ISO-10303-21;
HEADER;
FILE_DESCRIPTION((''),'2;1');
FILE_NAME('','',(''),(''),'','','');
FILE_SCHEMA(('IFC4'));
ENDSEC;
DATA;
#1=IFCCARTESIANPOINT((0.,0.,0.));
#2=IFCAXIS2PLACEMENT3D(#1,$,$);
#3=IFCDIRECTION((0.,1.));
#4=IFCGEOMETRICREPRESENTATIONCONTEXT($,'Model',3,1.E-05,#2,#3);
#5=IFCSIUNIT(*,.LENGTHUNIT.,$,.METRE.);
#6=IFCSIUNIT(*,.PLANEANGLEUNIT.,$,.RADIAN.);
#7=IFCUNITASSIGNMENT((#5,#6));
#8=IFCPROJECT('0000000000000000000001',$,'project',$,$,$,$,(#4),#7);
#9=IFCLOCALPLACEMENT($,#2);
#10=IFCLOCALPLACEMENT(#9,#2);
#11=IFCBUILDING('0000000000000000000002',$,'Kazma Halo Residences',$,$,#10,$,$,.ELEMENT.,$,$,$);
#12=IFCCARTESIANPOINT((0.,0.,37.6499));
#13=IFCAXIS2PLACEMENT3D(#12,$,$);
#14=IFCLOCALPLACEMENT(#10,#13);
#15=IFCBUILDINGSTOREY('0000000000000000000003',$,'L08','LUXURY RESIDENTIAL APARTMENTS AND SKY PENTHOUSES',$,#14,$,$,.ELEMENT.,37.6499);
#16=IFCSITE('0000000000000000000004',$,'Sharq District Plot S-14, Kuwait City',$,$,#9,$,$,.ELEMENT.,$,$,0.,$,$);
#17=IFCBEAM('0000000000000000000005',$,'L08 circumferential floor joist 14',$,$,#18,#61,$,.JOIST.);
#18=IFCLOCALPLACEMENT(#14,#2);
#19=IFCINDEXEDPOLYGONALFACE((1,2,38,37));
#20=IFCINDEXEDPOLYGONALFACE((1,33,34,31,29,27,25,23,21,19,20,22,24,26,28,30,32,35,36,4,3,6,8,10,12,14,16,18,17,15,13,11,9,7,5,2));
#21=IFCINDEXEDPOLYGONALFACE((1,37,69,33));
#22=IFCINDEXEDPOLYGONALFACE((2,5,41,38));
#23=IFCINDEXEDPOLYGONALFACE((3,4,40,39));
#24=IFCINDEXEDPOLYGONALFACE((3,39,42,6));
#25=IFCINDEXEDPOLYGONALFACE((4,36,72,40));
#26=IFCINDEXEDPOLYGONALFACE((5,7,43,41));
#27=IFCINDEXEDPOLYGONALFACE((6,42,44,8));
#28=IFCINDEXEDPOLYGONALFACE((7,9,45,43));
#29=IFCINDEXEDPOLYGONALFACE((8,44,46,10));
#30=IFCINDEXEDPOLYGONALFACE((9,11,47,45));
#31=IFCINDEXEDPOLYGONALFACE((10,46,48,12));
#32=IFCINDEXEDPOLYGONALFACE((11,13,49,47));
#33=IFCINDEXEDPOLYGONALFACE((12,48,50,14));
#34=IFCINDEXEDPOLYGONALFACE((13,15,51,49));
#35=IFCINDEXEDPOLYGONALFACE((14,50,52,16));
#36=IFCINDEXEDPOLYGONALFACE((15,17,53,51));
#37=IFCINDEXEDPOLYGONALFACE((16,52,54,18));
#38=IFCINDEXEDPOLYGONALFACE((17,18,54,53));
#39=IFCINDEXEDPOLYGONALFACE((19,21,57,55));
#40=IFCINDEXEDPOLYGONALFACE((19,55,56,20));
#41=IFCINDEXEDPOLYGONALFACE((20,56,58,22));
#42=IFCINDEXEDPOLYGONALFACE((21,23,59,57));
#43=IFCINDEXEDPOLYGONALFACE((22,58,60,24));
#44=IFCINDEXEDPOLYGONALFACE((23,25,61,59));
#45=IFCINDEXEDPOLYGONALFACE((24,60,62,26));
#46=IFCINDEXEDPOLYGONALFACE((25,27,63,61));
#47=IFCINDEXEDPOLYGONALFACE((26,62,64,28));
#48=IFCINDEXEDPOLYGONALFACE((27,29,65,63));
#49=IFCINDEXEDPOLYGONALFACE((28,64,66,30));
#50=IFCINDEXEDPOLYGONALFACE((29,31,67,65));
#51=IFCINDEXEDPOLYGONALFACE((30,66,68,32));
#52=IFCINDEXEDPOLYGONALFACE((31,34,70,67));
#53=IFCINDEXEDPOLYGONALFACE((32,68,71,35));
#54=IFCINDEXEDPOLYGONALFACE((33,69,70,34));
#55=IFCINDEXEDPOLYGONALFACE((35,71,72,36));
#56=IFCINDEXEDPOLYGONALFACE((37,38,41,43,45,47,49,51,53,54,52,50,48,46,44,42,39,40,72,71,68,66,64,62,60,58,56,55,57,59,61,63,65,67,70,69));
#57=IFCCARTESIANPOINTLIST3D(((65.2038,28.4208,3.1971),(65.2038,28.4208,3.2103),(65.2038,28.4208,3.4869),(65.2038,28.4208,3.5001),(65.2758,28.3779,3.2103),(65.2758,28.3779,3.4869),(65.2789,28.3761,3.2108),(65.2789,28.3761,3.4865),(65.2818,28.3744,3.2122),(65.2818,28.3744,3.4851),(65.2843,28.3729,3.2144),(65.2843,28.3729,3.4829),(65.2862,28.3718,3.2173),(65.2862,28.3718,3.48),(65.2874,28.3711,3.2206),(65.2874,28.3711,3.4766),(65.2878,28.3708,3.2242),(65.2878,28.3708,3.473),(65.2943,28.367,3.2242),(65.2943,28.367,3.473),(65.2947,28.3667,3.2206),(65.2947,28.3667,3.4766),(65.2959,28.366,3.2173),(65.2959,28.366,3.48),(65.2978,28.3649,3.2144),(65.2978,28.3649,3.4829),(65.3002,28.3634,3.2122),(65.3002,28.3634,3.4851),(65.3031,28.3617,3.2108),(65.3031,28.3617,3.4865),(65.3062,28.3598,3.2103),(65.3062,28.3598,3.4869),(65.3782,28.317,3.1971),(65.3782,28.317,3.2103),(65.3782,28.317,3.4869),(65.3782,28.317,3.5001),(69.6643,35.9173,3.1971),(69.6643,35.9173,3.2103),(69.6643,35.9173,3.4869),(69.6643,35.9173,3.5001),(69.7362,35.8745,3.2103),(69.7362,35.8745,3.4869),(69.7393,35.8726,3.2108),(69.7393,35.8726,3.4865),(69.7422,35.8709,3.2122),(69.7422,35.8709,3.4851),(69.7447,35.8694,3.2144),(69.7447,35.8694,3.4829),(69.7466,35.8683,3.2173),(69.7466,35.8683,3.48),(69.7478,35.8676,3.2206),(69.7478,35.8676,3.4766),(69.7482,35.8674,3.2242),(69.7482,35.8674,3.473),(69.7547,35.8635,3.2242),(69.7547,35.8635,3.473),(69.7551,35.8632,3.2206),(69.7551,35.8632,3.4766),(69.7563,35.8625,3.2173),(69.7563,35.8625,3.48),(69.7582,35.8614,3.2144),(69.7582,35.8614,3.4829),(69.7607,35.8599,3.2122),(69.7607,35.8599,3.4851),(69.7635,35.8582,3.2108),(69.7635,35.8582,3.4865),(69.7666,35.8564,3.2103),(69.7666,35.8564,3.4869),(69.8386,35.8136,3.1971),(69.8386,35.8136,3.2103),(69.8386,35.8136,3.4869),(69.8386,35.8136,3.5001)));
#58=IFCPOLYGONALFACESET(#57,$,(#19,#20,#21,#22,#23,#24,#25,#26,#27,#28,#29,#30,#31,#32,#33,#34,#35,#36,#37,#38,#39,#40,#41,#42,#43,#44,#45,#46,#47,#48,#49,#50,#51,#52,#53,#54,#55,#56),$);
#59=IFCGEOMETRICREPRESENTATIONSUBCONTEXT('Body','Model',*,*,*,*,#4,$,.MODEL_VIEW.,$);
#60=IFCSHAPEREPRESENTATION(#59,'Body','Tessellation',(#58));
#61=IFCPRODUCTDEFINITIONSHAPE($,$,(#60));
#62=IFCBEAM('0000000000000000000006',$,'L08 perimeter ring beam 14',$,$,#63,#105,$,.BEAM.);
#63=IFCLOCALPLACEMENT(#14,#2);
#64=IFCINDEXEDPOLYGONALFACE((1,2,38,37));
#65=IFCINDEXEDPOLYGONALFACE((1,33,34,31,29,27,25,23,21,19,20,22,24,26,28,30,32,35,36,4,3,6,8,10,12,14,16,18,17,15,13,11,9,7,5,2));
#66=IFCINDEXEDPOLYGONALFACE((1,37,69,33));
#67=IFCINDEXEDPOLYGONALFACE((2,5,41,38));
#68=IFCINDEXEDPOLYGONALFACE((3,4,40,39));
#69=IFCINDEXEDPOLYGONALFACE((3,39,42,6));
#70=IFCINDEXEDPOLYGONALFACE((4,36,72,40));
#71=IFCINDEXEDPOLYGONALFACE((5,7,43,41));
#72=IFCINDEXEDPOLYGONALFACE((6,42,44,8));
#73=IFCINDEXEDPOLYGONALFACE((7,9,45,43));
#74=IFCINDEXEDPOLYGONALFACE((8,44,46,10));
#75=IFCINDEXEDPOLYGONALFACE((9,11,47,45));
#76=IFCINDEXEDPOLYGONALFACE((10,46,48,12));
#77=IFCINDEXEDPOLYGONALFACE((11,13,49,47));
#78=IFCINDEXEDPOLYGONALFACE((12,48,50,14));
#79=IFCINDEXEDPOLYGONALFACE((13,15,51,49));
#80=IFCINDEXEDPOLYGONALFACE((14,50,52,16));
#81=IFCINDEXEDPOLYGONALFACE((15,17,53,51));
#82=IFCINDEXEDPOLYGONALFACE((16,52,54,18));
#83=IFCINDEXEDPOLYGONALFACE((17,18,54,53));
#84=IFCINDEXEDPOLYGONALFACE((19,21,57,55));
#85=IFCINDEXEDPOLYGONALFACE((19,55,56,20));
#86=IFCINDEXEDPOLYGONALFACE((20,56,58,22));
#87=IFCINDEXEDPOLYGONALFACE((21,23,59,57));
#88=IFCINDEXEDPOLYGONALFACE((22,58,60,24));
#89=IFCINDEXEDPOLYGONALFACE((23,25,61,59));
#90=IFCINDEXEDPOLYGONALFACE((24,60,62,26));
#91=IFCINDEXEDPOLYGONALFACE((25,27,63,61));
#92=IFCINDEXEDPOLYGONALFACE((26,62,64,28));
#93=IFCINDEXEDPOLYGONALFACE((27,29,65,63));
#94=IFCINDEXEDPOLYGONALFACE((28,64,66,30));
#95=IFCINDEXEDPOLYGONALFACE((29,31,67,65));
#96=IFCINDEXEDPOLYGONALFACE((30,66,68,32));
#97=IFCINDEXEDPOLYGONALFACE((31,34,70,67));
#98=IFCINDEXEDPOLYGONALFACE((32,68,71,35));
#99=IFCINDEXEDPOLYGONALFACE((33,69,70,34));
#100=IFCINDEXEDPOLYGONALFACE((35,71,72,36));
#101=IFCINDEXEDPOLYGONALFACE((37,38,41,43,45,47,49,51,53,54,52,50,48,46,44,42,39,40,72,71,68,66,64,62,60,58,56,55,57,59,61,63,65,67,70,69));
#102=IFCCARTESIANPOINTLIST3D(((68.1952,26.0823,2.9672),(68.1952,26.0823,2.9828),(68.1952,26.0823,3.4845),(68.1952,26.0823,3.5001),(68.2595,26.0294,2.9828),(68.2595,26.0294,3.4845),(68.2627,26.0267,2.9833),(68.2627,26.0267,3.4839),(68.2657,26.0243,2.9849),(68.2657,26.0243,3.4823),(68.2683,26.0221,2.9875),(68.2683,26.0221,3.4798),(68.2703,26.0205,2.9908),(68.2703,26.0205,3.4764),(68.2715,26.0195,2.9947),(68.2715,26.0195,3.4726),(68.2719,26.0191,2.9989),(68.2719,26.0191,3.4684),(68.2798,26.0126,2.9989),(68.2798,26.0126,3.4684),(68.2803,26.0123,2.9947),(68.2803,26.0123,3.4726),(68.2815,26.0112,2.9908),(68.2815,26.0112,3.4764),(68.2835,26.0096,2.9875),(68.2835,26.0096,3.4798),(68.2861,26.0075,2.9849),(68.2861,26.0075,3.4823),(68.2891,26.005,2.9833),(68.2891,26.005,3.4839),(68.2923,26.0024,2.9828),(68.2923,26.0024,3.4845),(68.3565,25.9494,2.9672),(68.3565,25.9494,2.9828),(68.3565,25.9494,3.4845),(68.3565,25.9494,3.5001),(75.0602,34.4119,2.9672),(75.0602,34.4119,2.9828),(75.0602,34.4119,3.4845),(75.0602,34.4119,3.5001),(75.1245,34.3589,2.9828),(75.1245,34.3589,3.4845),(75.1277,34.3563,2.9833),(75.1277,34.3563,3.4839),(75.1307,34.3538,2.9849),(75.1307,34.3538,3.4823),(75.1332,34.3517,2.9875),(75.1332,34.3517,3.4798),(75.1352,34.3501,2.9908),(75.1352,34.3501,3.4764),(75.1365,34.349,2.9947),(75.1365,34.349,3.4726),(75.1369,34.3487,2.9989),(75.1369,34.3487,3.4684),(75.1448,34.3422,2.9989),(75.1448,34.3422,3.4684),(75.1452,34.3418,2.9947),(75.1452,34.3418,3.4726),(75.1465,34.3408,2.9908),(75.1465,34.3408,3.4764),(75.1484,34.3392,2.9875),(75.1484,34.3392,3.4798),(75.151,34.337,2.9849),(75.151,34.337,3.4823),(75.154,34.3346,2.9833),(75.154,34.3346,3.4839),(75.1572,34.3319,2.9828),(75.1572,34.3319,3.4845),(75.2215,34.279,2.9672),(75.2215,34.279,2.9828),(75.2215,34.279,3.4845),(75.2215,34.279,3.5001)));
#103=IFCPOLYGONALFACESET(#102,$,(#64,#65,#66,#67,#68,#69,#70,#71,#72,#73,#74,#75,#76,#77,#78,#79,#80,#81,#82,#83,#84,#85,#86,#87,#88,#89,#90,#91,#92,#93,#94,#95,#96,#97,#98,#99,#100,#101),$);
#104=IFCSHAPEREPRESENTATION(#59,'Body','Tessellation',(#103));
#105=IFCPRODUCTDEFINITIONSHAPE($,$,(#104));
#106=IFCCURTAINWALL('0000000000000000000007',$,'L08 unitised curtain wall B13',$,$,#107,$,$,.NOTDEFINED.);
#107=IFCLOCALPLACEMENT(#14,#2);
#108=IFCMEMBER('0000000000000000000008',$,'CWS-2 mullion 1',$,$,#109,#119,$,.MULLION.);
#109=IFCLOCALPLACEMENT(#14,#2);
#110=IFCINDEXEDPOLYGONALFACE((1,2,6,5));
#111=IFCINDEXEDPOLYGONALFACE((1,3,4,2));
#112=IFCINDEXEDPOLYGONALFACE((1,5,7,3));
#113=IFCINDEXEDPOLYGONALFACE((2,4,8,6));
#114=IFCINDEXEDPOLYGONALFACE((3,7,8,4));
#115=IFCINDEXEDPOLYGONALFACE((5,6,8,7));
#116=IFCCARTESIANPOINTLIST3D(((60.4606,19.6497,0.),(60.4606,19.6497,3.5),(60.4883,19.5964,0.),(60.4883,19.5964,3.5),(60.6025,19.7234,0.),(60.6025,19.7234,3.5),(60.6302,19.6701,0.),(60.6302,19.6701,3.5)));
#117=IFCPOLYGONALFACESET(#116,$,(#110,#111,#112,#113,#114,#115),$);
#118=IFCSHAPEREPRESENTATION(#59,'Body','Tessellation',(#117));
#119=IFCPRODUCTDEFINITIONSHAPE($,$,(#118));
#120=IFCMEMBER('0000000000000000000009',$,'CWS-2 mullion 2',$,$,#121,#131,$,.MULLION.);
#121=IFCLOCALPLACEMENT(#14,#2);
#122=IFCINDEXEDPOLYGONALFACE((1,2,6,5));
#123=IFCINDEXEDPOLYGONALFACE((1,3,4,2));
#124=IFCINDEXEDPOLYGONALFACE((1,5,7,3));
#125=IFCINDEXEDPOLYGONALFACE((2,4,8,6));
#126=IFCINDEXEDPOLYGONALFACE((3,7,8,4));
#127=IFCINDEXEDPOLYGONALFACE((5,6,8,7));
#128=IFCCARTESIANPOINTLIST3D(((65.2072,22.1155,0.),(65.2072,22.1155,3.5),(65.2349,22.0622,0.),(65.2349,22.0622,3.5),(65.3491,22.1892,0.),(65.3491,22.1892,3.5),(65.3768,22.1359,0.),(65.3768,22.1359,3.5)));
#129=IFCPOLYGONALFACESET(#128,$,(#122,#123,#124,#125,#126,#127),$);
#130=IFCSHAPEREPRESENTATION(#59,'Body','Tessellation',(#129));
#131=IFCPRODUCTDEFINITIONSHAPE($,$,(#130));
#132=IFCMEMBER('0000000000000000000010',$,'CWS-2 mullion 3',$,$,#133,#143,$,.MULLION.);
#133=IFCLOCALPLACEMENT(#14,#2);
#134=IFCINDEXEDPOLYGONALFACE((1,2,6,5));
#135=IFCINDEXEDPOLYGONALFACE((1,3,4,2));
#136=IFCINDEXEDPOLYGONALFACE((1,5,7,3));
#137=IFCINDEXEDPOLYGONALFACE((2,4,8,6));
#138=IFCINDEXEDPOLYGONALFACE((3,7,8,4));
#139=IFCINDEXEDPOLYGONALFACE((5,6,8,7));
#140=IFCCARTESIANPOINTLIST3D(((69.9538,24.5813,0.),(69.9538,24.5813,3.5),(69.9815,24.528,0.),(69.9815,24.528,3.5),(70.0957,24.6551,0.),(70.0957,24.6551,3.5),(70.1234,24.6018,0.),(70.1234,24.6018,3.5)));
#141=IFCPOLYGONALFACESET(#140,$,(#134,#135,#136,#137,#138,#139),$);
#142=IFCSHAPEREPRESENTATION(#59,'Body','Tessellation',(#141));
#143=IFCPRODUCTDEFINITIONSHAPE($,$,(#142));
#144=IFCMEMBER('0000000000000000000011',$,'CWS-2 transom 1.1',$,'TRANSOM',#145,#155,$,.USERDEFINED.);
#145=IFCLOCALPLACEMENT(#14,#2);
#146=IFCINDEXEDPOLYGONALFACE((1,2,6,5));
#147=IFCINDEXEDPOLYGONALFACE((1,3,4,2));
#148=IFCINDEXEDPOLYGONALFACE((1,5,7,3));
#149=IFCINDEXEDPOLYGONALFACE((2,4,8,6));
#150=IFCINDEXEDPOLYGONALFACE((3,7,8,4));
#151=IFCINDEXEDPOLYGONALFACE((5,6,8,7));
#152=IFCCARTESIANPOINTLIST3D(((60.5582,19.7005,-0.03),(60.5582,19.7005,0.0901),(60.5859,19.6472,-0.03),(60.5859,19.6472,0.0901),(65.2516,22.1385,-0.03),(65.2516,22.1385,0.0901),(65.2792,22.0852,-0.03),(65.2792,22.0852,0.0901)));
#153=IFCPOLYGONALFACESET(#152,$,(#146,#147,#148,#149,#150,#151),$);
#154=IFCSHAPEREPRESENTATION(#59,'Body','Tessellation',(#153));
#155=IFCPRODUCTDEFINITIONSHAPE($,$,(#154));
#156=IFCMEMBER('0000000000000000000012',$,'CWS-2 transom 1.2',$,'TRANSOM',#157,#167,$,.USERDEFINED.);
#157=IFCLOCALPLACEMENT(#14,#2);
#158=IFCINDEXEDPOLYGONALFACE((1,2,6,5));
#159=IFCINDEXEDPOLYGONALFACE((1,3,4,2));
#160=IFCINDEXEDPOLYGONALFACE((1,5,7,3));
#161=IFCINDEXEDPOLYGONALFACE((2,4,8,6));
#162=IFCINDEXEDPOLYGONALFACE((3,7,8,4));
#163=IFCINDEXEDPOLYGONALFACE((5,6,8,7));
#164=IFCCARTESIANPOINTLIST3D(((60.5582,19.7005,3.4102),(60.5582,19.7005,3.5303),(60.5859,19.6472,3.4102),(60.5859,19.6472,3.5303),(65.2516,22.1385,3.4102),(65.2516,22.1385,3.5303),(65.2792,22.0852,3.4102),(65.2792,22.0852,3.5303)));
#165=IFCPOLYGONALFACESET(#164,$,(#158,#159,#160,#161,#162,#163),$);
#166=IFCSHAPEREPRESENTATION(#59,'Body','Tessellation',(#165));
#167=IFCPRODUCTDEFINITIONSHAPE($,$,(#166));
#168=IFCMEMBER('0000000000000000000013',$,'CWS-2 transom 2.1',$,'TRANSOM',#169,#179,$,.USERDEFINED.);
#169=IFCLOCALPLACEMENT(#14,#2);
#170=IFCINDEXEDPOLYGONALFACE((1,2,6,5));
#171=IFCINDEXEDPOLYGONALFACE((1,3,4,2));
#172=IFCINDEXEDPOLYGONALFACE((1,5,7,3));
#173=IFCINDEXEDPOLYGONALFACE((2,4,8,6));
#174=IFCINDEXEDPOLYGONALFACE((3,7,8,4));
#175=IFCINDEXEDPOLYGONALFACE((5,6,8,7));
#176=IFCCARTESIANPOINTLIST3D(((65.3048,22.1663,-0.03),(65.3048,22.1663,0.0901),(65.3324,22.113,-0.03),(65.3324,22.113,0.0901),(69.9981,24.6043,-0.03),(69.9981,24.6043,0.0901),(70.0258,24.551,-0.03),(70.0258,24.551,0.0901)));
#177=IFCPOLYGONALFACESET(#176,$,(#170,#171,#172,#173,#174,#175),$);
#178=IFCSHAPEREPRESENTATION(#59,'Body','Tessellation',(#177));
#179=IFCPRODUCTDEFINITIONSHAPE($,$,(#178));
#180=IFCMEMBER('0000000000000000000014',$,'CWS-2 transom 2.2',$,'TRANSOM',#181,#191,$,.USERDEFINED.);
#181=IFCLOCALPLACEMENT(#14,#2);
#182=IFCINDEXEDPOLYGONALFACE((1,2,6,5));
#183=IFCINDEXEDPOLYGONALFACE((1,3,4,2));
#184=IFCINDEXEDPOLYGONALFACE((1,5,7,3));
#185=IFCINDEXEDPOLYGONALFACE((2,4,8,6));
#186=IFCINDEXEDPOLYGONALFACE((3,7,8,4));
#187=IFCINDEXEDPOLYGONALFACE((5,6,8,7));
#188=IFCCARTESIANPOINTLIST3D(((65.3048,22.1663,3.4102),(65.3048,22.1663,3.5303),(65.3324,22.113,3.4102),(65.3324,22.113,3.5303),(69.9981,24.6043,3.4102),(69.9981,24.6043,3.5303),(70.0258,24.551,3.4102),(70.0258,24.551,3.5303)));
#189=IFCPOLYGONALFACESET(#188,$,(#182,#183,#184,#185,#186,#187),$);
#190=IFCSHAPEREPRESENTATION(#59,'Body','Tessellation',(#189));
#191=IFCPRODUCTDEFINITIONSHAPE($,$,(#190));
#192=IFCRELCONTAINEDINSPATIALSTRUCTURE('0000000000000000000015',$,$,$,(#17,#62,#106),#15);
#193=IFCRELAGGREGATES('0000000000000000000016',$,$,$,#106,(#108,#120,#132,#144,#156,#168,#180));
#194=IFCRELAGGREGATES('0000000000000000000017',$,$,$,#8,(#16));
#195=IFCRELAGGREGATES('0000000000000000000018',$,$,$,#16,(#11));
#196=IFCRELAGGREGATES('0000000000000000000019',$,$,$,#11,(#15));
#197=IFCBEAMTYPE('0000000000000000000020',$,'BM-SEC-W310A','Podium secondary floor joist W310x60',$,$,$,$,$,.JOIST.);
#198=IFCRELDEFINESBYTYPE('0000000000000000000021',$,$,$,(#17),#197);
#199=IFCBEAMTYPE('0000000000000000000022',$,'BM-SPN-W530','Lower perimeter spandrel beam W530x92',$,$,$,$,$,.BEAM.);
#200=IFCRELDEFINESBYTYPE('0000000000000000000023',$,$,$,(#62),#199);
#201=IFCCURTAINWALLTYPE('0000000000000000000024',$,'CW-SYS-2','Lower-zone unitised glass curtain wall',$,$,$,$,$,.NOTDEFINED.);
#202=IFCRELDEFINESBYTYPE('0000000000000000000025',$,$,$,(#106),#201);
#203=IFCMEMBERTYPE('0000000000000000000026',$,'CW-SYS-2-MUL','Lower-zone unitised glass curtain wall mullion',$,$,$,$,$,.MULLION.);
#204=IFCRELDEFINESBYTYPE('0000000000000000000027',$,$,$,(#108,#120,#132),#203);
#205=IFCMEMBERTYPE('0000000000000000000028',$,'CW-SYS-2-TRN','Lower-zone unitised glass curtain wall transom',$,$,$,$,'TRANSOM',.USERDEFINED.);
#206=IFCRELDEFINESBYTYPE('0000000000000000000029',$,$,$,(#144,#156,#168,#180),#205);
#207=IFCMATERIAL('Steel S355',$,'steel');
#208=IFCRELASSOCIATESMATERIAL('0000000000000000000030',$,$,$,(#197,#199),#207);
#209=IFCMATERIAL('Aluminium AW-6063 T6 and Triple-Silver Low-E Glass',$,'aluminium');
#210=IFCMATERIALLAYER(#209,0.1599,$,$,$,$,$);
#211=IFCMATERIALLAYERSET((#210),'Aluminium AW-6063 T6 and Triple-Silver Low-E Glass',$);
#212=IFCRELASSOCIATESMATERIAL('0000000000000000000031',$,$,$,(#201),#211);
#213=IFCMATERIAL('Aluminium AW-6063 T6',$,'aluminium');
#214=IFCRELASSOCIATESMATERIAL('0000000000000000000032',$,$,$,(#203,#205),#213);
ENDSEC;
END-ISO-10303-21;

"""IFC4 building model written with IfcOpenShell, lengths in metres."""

from ifc_helpers import new_model, si_unit, direction, frame, origin, origin_2d, place, context, subcontext, project, spatial, rectangle, i_section, extrude, material, layer, layer_set, material_profile, profile_set, type_object, element, aggregate, save


model = new_model("IFC4")

# Units and contexts
model_context = context("Model", 3, precision=1e-05, world=origin(), true_north=direction((0.0, 1.0)))
body_context = subcontext(model_context, "Body", "Model", "MODEL_VIEW")
ifc_project = project(units=[si_unit("LENGTHUNIT", "METRE"), si_unit("PLANEANGLEUNIT", "RADIAN")], contexts=[model_context])

# Site, building, storey
site_placement = place(None, origin())
site = spatial("IfcSite", under=ifc_project, at=site_placement, Name="Sharq District Plot S-14, Kuwait City", CompositionType="ELEMENT", RefElevation=0.0)
building_placement = place(site_placement, origin())
building = spatial("IfcBuilding", under=site, at=building_placement, Name="Kazma Halo Residences", CompositionType="ELEMENT")
storey_placement = place(building_placement, frame((0.0, 0.0, 37.6499)))
storey = spatial("IfcBuildingStorey", under=building, at=storey_placement, Name="L08", Description="LUXURY RESIDENTIAL APARTMENTS AND SKY PENTHOUSES", CompositionType="ELEMENT", Elevation=37.6499)

# Beams
ifc_material_1 = material(Name="Steel S355", Category="steel")
ifc_material_profile_1 = material_profile(ifc_material_1, i_section(OverallWidth=0.2029, OverallDepth=0.303, WebThickness=0.0076, FlangeThickness=0.0132, FilletRadius=0.0139, at=origin_2d()), Name="W310x60")
ifc_profile_set_1 = profile_set([ifc_material_profile_1], Name="Steel S355")
beam_type_1 = type_object("IfcBeamType", Name="BM-SEC-W310A", Description="Podium secondary floor joist W310x60", PredefinedType="JOIST", material=ifc_profile_set_1)
beam_1_placement = place(storey_placement, frame((65.291, 28.3689, 3.3486), z_axis=(0.511331, 0.859384, 0.0), x_axis=(-0.859384, 0.511331, 0.0)))
element("IfcBeam", 1, at=beam_1_placement, inside=storey, type_object=beam_type_1, Name="L08 circumferential floor joist 14", PredefinedType="JOIST", context=body_context, shape_type="SweptSolid", body=[
    extrude(i_section(OverallWidth=0.2029, OverallDepth=0.303, WebThickness=0.0076, FlangeThickness=0.0132, FilletRadius=0.0139, at=origin_2d()), origin(), (0.0, 0.0, 1.0), 8.7231),
])
ifc_material_profile_2 = material_profile(ifc_material_1, i_section(OverallWidth=0.209, OverallDepth=0.533, WebThickness=0.0103, FlangeThickness=0.0156, FilletRadius=0.0161, at=origin_2d()), Name="W530x92")
ifc_profile_set_2 = profile_set([ifc_material_profile_2], Name="Steel S355")
beam_type_2 = type_object("IfcBeamType", Name="BM-SPN-W530", Description="Lower perimeter spandrel beam W530x92", PredefinedType="BEAM", material=ifc_profile_set_2)
beam_2_placement = place(storey_placement, frame((68.2759, 26.0159, 3.2336), z_axis=(0.636001, 0.771688, 0.0), x_axis=(-0.771688, 0.636001, 0.0)))
element("IfcBeam", 2, at=beam_2_placement, inside=storey, type_object=beam_type_2, Name="L08 perimeter ring beam 14", PredefinedType="BEAM", context=body_context, shape_type="SweptSolid", body=[
    extrude(i_section(OverallWidth=0.209, OverallDepth=0.533, WebThickness=0.0103, FlangeThickness=0.0156, FilletRadius=0.0161, at=origin_2d()), origin(), (0.0, 0.0, 1.0), 10.7939),
])

# Curtain wall, members
ifc_material_2 = material(Name="Aluminium AW-6063 T6 and Triple-Silver Low-E Glass", Category="aluminium")
ifc_layer_1 = layer(ifc_material_2, 0.1599)
ifc_layer_set_1 = layer_set([ifc_layer_1], Name="Aluminium AW-6063 T6 and Triple-Silver Low-E Glass")
curtain_wall_type = type_object("IfcCurtainWallType", Name="CW-SYS-2", Description="Lower-zone unitised glass curtain wall", PredefinedType="NOTDEFINED", material=ifc_layer_set_1)
curtain_wall_placement = place(storey_placement, origin())
curtain_wall = element("IfcCurtainWall", 3, at=curtain_wall_placement, inside=storey, type_object=curtain_wall_type, Name="L08 unitised curtain wall B13", PredefinedType="NOTDEFINED")
ifc_material_3 = material(Name="Aluminium AW-6063 T6", Category="aluminium")
ifc_material_profile_3 = material_profile(ifc_material_3, rectangle(XDim=0.0601, YDim=0.1599, at=origin_2d()), Name="CWM-60x160")
ifc_profile_set_3 = profile_set([ifc_material_profile_3], Name="Aluminium AW-6063 T6")
member_type_1 = type_object("IfcMemberType", Name="CW-SYS-2-MUL", Description="Lower-zone unitised glass curtain wall mullion", PredefinedType="MULLION", material=ifc_profile_set_3)
member_1_placement = place(storey_placement, frame((60.5454, 19.6599, 0.0), z_axis=(0.0, 0.0, 1.0), x_axis=(-0.460996, 0.887402, 0.0)))
member_1 = element("IfcMember", 4, at=member_1_placement, type_object=member_type_1, Name="CWS-2 mullion 1", PredefinedType="MULLION", context=body_context, shape_type="SweptSolid", body=[
    extrude(rectangle(XDim=0.0601, YDim=0.1599, at=origin_2d()), origin(), (0.0, 0.0, 1.0), 3.5),
])
member_2_placement = place(storey_placement, frame((65.292, 22.1257, 0.0), z_axis=(0.0, 0.0, 1.0), x_axis=(-0.460996, 0.887402, 0.0)))
member_2 = element("IfcMember", 5, at=member_2_placement, type_object=member_type_1, Name="CWS-2 mullion 2", PredefinedType="MULLION", context=body_context, shape_type="SweptSolid", body=[
    extrude(rectangle(XDim=0.0601, YDim=0.1599, at=origin_2d()), origin(), (0.0, 0.0, 1.0), 3.5),
])
member_3_placement = place(storey_placement, frame((70.0386, 24.5916, 0.0), z_axis=(0.0, 0.0, 1.0), x_axis=(-0.460996, 0.887402, 0.0)))
member_3 = element("IfcMember", 6, at=member_3_placement, type_object=member_type_1, Name="CWS-2 mullion 3", PredefinedType="MULLION", context=body_context, shape_type="SweptSolid", body=[
    extrude(rectangle(XDim=0.0601, YDim=0.1599, at=origin_2d()), origin(), (0.0, 0.0, 1.0), 3.5),
])
ifc_material_profile_4 = material_profile(ifc_material_3, rectangle(XDim=0.0601, YDim=0.1201, at=origin_2d()), Name="CWT-60x120")
ifc_profile_set_4 = profile_set([ifc_material_profile_4], Name="Aluminium AW-6063 T6")
member_type_2 = type_object("IfcMemberType", Name="CW-SYS-2-TRN", Description="Lower-zone unitised glass curtain wall transom", ElementType="TRANSOM", PredefinedType="USERDEFINED", material=ifc_profile_set_4)
member_4_placement = place(storey_placement, frame((60.572, 19.6738, 0.03), z_axis=(0.887415, 0.460972, 0.0), x_axis=(-0.460972, 0.887415, 0.0)))
member_4 = element("IfcMember", 7, at=member_4_placement, type_object=member_type_2, Name="CWS-2 transom 1.1", ObjectType="TRANSOM", PredefinedType="USERDEFINED", context=body_context, shape_type="SweptSolid", body=[
    extrude(rectangle(XDim=0.0601, YDim=0.1201, at=origin_2d()), origin(), (0.0, 0.0, 1.0), 5.2888),
])
member_5_placement = place(storey_placement, frame((60.572, 19.6738, 3.4702), z_axis=(0.887415, 0.460972, 0.0), x_axis=(-0.460972, 0.887415, 0.0)))
member_5 = element("IfcMember", 8, at=member_5_placement, type_object=member_type_2, Name="CWS-2 transom 1.2", ObjectType="TRANSOM", PredefinedType="USERDEFINED", context=body_context, shape_type="SweptSolid", body=[
    extrude(rectangle(XDim=0.0601, YDim=0.1201, at=origin_2d()), origin(), (0.0, 0.0, 1.0), 5.2888),
])
member_6_placement = place(storey_placement, frame((65.3186, 22.1396, 0.03), z_axis=(0.887415, 0.460972, 0.0), x_axis=(-0.460972, 0.887415, 0.0)))
member_6 = element("IfcMember", 9, at=member_6_placement, type_object=member_type_2, Name="CWS-2 transom 2.1", ObjectType="TRANSOM", PredefinedType="USERDEFINED", context=body_context, shape_type="SweptSolid", body=[
    extrude(rectangle(XDim=0.0601, YDim=0.1201, at=origin_2d()), origin(), (0.0, 0.0, 1.0), 5.2888),
])
member_7_placement = place(storey_placement, frame((65.3186, 22.1396, 3.4702), z_axis=(0.887415, 0.460972, 0.0), x_axis=(-0.460972, 0.887415, 0.0)))
member_7 = element("IfcMember", 10, at=member_7_placement, type_object=member_type_2, Name="CWS-2 transom 2.2", ObjectType="TRANSOM", PredefinedType="USERDEFINED", context=body_context, shape_type="SweptSolid", body=[
    extrude(rectangle(XDim=0.0601, YDim=0.1201, at=origin_2d()), origin(), (0.0, 0.0, 1.0), 5.2888),
])
aggregate(curtain_wall, [member_1, member_2, member_3, member_4, member_5, member_6, member_7])

save(model, "model.ifc")
